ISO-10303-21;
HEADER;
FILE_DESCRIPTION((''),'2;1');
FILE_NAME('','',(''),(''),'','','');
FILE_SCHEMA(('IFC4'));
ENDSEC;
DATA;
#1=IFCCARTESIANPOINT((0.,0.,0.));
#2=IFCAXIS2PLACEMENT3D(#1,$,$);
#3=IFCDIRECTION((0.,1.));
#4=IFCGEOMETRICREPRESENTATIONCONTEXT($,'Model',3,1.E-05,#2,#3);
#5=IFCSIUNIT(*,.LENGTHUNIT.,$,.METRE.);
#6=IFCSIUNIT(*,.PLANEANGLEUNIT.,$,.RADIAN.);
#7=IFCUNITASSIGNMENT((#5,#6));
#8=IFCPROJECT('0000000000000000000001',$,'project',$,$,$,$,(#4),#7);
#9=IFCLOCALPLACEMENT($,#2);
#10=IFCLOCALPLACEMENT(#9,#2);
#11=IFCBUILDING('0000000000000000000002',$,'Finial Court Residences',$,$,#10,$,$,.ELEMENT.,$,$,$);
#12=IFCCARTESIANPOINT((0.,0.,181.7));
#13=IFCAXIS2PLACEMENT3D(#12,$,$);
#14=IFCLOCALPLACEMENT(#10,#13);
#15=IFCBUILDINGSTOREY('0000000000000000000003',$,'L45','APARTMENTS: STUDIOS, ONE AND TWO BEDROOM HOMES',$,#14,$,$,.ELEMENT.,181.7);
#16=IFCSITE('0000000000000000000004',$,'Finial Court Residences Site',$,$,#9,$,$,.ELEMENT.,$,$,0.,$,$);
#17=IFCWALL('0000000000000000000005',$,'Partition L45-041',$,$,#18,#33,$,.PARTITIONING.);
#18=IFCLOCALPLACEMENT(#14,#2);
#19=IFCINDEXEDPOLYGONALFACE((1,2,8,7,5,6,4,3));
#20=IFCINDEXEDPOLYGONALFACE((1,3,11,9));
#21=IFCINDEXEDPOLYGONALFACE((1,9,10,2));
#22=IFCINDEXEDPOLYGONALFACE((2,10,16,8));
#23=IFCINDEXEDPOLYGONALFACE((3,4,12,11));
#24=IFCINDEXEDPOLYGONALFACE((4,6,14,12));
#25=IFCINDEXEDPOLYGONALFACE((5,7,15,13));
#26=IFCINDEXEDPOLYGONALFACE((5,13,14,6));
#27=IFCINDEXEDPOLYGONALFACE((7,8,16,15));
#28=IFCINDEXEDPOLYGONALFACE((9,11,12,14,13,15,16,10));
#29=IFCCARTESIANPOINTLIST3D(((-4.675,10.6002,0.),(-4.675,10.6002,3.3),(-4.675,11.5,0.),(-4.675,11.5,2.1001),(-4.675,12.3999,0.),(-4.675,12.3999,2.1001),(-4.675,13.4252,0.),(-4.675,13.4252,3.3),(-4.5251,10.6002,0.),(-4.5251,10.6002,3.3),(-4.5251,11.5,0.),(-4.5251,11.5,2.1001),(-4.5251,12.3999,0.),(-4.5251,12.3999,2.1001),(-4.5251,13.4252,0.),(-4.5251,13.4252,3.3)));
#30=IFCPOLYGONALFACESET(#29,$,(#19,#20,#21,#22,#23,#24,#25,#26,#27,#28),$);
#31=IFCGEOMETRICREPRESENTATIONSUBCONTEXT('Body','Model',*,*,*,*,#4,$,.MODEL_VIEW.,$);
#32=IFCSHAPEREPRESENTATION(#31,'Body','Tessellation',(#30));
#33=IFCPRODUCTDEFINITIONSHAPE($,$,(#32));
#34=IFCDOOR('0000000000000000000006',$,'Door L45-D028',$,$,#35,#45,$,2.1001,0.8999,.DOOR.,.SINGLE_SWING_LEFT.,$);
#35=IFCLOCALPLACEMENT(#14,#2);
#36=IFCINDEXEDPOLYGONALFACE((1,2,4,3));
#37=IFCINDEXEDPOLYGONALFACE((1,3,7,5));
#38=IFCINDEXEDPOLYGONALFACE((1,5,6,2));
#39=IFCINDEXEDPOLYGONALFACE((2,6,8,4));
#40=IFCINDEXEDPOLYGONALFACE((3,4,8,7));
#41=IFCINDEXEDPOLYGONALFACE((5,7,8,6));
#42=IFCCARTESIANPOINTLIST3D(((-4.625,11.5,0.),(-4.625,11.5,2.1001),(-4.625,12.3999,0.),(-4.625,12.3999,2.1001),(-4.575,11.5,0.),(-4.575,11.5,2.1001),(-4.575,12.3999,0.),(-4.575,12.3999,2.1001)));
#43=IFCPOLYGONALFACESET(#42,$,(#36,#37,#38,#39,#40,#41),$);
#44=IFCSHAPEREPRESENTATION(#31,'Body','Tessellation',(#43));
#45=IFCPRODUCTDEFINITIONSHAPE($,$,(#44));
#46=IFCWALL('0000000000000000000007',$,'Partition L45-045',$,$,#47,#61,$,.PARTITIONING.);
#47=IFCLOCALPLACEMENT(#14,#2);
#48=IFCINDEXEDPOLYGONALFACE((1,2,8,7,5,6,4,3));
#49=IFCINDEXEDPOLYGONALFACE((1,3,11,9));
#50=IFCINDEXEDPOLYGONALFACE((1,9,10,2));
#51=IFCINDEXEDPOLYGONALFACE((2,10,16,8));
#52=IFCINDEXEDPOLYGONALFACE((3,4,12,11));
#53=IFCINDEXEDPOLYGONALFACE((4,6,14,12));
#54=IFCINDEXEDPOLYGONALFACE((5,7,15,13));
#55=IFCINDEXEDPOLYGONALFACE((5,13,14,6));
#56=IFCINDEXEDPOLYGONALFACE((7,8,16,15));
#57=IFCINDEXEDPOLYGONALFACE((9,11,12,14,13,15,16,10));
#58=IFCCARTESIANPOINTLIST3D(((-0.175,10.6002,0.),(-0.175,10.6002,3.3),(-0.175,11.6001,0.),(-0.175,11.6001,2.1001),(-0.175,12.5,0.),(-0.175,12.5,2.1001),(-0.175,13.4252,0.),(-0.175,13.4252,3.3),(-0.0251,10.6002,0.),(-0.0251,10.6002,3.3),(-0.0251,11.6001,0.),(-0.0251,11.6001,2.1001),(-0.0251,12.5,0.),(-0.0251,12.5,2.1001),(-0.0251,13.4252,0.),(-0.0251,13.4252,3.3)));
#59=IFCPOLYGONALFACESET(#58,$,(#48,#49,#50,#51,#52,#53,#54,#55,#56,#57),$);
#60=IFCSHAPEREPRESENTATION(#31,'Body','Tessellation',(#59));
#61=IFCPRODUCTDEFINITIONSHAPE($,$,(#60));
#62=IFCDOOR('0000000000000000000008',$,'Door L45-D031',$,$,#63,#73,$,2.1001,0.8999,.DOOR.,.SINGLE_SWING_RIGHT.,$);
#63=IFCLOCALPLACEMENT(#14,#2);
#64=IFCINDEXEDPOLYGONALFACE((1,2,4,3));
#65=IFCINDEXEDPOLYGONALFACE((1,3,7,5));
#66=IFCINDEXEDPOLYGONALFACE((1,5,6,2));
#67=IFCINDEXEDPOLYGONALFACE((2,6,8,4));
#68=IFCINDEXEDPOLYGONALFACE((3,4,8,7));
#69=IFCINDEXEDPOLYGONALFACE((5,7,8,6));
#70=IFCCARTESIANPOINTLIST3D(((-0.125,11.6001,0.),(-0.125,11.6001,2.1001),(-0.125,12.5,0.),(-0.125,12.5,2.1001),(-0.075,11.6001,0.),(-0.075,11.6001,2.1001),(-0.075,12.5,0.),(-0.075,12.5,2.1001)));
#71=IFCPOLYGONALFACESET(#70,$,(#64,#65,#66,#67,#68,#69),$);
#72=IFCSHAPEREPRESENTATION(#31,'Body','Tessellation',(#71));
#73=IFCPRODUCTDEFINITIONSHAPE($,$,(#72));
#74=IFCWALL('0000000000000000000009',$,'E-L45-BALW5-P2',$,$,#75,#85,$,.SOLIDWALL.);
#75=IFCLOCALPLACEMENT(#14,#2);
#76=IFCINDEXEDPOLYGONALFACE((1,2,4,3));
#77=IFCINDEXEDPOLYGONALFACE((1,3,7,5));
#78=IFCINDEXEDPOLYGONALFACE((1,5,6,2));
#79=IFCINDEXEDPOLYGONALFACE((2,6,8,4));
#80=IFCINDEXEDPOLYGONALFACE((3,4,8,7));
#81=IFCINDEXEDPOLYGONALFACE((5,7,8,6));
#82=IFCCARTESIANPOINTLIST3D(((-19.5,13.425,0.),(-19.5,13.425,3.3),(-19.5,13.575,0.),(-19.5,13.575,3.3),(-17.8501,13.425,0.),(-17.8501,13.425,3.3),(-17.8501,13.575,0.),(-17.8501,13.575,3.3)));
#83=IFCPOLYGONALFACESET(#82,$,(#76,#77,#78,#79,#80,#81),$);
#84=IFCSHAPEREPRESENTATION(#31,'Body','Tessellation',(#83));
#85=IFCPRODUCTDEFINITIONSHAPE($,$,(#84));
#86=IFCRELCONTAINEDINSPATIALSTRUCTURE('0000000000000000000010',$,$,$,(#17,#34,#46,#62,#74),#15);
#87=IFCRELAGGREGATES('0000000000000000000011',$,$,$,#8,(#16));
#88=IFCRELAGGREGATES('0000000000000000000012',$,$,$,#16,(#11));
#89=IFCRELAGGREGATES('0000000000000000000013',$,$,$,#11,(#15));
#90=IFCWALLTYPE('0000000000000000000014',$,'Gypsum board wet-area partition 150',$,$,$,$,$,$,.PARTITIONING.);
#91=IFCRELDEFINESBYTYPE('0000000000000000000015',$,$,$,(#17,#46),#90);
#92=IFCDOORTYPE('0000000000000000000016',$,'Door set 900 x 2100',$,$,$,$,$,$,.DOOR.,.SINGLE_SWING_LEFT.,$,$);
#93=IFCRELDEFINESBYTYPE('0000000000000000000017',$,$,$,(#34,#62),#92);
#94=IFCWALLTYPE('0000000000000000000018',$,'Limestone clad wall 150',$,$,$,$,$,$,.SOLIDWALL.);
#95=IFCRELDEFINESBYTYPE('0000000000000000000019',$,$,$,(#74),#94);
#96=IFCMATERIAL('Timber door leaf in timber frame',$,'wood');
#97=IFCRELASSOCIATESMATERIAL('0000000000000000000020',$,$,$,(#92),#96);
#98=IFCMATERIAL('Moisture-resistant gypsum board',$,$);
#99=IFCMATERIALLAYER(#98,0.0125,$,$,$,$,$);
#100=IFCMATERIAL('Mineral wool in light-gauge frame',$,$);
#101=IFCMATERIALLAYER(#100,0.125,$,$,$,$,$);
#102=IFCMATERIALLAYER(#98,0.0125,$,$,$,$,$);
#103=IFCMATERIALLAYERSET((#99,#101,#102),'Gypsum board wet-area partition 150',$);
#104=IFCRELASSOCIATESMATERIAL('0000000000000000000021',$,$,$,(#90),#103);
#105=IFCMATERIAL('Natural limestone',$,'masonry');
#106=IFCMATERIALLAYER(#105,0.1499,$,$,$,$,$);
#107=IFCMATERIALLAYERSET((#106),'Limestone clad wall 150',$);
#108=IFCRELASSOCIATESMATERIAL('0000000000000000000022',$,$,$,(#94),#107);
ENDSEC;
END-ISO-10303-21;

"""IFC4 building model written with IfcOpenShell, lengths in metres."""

from ifc_helpers import new_model, si_unit, direction, frame, frame_2d, origin, place, context, subcontext, project, spatial, rectangle, extrude, material, layer, layer_set, type_object, element, fill, save


model = new_model("IFC4")

# Units and contexts
model_context = context("Model", 3, precision=1e-05, world=origin(), true_north=direction((0.0, 1.0)))
body_context = subcontext(model_context, "Body", "Model", "MODEL_VIEW")
ifc_project = project(units=[si_unit("LENGTHUNIT", "METRE"), si_unit("PLANEANGLEUNIT", "RADIAN")], contexts=[model_context])

# Site, building, storey
site_placement = place(None, origin())
site = spatial("IfcSite", under=ifc_project, at=site_placement, Name="Finial Court Residences Site", CompositionType="ELEMENT", RefElevation=0.0)
building_placement = place(site_placement, origin())
building = spatial("IfcBuilding", under=site, at=building_placement, Name="Finial Court Residences", CompositionType="ELEMENT")
storey_placement = place(building_placement, frame((0.0, 0.0, 181.7)))
storey = spatial("IfcBuildingStorey", under=building, at=storey_placement, Name="L45", Description="APARTMENTS: STUDIOS, ONE AND TWO BEDROOM HOMES", CompositionType="ELEMENT", Elevation=181.7)

# Shared definitions
ifc_material_1 = material(Name="Mineral wool in light-gauge frame")
ifc_material_2 = material(Name="Timber door leaf in timber frame", Category="wood")
door_type_1 = type_object("IfcDoorType", Name="Door set 900 x 2100", OperationType="SINGLE_SWING_LEFT", PredefinedType="DOOR", material=ifc_material_2)

# Shared definitions
ifc_material_3 = material(Name="Moisture-resistant gypsum board")
ifc_layer_1 = layer(ifc_material_3, 0.0125)
ifc_layer_2 = layer(ifc_material_1, 0.125)
ifc_layer_3 = layer(ifc_material_3, 0.0125)
ifc_layer_set_1 = layer_set([ifc_layer_1, ifc_layer_2, ifc_layer_3], Name="Gypsum board wet-area partition 150")
wall_type_1 = type_object("IfcWallType", Name="Gypsum board wet-area partition 150", PredefinedType="PARTITIONING", material=ifc_layer_set_1)

# Walls, openings, doors
wall_1_placement = place(storey_placement, frame((-4.6001, 10.6001, 0.0), z_axis=(0.0, 0.0, 1.0), x_axis=(0.0, 1.0, 0.0)))
wall_1 = element("IfcWall", 1, at=wall_1_placement, inside=storey, type_object=wall_type_1, Name="Partition L45-041", PredefinedType="PARTITIONING", context=body_context, shape_type="SweptSolid", body=[
    extrude(rectangle(XDim=2.825, YDim=0.1499, at=frame_2d((1.4126, 0.0))), origin(), (0.0, 0.0, 1.0), 3.3),
])
opening_1_placement = place(wall_1_placement, frame((0.8999, 0.0, 0.0)))
opening_1 = element("IfcOpeningElement", 2, at=opening_1_placement, cuts=wall_1, PredefinedType="OPENING", context=body_context, shape_type="SweptSolid", body=[
    extrude(rectangle(XDim=0.8999, YDim=2.1001, at=frame_2d((0.45, 1.05))), frame((0.0, 0.085, 0.0), z_axis=(0.0, -1.0, 0.0), x_axis=(1.0, 0.0, 0.0)), (0.0, 0.0, 1.0), 0.1699),
])
door_1_placement = place(opening_1_placement, origin())
door_1 = element("IfcDoor", 3, at=door_1_placement, inside=storey, type_object=door_type_1, Name="Door L45-D028", OperationType="SINGLE_SWING_LEFT", OverallHeight=2.1001, OverallWidth=0.8999, PredefinedType="DOOR", context=body_context, shape_type="SweptSolid", body=[
    extrude(rectangle(XDim=0.8999, YDim=2.1001, at=frame_2d((0.45, 1.05))), frame((0.0, 0.0249, 0.0), z_axis=(0.0, -1.0, 0.0), x_axis=(1.0, 0.0, 0.0)), (0.0, 0.0, 1.0), 0.05),
])
fill(opening_1, door_1)
wall_2_placement = place(storey_placement, frame((-0.1001, 10.6001, 0.0), z_axis=(0.0, 0.0, 1.0), x_axis=(0.0, 1.0, 0.0)))
wall_2 = element("IfcWall", 4, at=wall_2_placement, inside=storey, type_object=wall_type_1, Name="Partition L45-045", PredefinedType="PARTITIONING", context=body_context, shape_type="SweptSolid", body=[
    extrude(rectangle(XDim=2.825, YDim=0.1499, at=frame_2d((1.4126, 0.0))), origin(), (0.0, 0.0, 1.0), 3.3),
])
opening_2_placement = place(wall_2_placement, frame((1.0, 0.0, 0.0)))
opening_2 = element("IfcOpeningElement", 5, at=opening_2_placement, cuts=wall_2, PredefinedType="OPENING", context=body_context, shape_type="SweptSolid", body=[
    extrude(rectangle(XDim=0.8999, YDim=2.1001, at=frame_2d((0.45, 1.05))), frame((0.0, 0.085, 0.0), z_axis=(0.0, -1.0, 0.0), x_axis=(1.0, 0.0, 0.0)), (0.0, 0.0, 1.0), 0.1699),
])
door_2_placement = place(opening_2_placement, origin())
door_2 = element("IfcDoor", 6, at=door_2_placement, inside=storey, type_object=door_type_1, Name="Door L45-D031", OperationType="SINGLE_SWING_RIGHT", OverallHeight=2.1001, OverallWidth=0.8999, PredefinedType="DOOR", context=body_context, shape_type="SweptSolid", body=[
    extrude(rectangle(XDim=0.8999, YDim=2.1001, at=frame_2d((0.45, 1.05))), frame((0.0, 0.0249, 0.0), z_axis=(0.0, -1.0, 0.0), x_axis=(1.0, 0.0, 0.0)), (0.0, 0.0, 1.0), 0.05),
])
fill(opening_2, door_2)

# Wall
ifc_material_4 = material(Name="Natural limestone", Category="masonry")
ifc_layer_4 = layer(ifc_material_4, 0.1499)
ifc_layer_set_2 = layer_set([ifc_layer_4], Name="Limestone clad wall 150")
wall_type_2 = type_object("IfcWallType", Name="Limestone clad wall 150", PredefinedType="SOLIDWALL", material=ifc_layer_set_2)
wall_3_placement = place(storey_placement, frame((-17.8501, 13.5, 0.0), z_axis=(0.0, 0.0, 1.0), x_axis=(-1.0, 0.0, 0.0)))
element("IfcWall", 7, at=wall_3_placement, inside=storey, type_object=wall_type_2, Name="E-L45-BALW5-P2", PredefinedType="SOLIDWALL", context=body_context, shape_type="SweptSolid", body=[
    extrude(rectangle(XDim=1.6499, YDim=0.1499, at=frame_2d((0.825, 0.0))), origin(), (0.0, 0.0, 1.0), 3.3),
])

save(model, "model.ifc")
